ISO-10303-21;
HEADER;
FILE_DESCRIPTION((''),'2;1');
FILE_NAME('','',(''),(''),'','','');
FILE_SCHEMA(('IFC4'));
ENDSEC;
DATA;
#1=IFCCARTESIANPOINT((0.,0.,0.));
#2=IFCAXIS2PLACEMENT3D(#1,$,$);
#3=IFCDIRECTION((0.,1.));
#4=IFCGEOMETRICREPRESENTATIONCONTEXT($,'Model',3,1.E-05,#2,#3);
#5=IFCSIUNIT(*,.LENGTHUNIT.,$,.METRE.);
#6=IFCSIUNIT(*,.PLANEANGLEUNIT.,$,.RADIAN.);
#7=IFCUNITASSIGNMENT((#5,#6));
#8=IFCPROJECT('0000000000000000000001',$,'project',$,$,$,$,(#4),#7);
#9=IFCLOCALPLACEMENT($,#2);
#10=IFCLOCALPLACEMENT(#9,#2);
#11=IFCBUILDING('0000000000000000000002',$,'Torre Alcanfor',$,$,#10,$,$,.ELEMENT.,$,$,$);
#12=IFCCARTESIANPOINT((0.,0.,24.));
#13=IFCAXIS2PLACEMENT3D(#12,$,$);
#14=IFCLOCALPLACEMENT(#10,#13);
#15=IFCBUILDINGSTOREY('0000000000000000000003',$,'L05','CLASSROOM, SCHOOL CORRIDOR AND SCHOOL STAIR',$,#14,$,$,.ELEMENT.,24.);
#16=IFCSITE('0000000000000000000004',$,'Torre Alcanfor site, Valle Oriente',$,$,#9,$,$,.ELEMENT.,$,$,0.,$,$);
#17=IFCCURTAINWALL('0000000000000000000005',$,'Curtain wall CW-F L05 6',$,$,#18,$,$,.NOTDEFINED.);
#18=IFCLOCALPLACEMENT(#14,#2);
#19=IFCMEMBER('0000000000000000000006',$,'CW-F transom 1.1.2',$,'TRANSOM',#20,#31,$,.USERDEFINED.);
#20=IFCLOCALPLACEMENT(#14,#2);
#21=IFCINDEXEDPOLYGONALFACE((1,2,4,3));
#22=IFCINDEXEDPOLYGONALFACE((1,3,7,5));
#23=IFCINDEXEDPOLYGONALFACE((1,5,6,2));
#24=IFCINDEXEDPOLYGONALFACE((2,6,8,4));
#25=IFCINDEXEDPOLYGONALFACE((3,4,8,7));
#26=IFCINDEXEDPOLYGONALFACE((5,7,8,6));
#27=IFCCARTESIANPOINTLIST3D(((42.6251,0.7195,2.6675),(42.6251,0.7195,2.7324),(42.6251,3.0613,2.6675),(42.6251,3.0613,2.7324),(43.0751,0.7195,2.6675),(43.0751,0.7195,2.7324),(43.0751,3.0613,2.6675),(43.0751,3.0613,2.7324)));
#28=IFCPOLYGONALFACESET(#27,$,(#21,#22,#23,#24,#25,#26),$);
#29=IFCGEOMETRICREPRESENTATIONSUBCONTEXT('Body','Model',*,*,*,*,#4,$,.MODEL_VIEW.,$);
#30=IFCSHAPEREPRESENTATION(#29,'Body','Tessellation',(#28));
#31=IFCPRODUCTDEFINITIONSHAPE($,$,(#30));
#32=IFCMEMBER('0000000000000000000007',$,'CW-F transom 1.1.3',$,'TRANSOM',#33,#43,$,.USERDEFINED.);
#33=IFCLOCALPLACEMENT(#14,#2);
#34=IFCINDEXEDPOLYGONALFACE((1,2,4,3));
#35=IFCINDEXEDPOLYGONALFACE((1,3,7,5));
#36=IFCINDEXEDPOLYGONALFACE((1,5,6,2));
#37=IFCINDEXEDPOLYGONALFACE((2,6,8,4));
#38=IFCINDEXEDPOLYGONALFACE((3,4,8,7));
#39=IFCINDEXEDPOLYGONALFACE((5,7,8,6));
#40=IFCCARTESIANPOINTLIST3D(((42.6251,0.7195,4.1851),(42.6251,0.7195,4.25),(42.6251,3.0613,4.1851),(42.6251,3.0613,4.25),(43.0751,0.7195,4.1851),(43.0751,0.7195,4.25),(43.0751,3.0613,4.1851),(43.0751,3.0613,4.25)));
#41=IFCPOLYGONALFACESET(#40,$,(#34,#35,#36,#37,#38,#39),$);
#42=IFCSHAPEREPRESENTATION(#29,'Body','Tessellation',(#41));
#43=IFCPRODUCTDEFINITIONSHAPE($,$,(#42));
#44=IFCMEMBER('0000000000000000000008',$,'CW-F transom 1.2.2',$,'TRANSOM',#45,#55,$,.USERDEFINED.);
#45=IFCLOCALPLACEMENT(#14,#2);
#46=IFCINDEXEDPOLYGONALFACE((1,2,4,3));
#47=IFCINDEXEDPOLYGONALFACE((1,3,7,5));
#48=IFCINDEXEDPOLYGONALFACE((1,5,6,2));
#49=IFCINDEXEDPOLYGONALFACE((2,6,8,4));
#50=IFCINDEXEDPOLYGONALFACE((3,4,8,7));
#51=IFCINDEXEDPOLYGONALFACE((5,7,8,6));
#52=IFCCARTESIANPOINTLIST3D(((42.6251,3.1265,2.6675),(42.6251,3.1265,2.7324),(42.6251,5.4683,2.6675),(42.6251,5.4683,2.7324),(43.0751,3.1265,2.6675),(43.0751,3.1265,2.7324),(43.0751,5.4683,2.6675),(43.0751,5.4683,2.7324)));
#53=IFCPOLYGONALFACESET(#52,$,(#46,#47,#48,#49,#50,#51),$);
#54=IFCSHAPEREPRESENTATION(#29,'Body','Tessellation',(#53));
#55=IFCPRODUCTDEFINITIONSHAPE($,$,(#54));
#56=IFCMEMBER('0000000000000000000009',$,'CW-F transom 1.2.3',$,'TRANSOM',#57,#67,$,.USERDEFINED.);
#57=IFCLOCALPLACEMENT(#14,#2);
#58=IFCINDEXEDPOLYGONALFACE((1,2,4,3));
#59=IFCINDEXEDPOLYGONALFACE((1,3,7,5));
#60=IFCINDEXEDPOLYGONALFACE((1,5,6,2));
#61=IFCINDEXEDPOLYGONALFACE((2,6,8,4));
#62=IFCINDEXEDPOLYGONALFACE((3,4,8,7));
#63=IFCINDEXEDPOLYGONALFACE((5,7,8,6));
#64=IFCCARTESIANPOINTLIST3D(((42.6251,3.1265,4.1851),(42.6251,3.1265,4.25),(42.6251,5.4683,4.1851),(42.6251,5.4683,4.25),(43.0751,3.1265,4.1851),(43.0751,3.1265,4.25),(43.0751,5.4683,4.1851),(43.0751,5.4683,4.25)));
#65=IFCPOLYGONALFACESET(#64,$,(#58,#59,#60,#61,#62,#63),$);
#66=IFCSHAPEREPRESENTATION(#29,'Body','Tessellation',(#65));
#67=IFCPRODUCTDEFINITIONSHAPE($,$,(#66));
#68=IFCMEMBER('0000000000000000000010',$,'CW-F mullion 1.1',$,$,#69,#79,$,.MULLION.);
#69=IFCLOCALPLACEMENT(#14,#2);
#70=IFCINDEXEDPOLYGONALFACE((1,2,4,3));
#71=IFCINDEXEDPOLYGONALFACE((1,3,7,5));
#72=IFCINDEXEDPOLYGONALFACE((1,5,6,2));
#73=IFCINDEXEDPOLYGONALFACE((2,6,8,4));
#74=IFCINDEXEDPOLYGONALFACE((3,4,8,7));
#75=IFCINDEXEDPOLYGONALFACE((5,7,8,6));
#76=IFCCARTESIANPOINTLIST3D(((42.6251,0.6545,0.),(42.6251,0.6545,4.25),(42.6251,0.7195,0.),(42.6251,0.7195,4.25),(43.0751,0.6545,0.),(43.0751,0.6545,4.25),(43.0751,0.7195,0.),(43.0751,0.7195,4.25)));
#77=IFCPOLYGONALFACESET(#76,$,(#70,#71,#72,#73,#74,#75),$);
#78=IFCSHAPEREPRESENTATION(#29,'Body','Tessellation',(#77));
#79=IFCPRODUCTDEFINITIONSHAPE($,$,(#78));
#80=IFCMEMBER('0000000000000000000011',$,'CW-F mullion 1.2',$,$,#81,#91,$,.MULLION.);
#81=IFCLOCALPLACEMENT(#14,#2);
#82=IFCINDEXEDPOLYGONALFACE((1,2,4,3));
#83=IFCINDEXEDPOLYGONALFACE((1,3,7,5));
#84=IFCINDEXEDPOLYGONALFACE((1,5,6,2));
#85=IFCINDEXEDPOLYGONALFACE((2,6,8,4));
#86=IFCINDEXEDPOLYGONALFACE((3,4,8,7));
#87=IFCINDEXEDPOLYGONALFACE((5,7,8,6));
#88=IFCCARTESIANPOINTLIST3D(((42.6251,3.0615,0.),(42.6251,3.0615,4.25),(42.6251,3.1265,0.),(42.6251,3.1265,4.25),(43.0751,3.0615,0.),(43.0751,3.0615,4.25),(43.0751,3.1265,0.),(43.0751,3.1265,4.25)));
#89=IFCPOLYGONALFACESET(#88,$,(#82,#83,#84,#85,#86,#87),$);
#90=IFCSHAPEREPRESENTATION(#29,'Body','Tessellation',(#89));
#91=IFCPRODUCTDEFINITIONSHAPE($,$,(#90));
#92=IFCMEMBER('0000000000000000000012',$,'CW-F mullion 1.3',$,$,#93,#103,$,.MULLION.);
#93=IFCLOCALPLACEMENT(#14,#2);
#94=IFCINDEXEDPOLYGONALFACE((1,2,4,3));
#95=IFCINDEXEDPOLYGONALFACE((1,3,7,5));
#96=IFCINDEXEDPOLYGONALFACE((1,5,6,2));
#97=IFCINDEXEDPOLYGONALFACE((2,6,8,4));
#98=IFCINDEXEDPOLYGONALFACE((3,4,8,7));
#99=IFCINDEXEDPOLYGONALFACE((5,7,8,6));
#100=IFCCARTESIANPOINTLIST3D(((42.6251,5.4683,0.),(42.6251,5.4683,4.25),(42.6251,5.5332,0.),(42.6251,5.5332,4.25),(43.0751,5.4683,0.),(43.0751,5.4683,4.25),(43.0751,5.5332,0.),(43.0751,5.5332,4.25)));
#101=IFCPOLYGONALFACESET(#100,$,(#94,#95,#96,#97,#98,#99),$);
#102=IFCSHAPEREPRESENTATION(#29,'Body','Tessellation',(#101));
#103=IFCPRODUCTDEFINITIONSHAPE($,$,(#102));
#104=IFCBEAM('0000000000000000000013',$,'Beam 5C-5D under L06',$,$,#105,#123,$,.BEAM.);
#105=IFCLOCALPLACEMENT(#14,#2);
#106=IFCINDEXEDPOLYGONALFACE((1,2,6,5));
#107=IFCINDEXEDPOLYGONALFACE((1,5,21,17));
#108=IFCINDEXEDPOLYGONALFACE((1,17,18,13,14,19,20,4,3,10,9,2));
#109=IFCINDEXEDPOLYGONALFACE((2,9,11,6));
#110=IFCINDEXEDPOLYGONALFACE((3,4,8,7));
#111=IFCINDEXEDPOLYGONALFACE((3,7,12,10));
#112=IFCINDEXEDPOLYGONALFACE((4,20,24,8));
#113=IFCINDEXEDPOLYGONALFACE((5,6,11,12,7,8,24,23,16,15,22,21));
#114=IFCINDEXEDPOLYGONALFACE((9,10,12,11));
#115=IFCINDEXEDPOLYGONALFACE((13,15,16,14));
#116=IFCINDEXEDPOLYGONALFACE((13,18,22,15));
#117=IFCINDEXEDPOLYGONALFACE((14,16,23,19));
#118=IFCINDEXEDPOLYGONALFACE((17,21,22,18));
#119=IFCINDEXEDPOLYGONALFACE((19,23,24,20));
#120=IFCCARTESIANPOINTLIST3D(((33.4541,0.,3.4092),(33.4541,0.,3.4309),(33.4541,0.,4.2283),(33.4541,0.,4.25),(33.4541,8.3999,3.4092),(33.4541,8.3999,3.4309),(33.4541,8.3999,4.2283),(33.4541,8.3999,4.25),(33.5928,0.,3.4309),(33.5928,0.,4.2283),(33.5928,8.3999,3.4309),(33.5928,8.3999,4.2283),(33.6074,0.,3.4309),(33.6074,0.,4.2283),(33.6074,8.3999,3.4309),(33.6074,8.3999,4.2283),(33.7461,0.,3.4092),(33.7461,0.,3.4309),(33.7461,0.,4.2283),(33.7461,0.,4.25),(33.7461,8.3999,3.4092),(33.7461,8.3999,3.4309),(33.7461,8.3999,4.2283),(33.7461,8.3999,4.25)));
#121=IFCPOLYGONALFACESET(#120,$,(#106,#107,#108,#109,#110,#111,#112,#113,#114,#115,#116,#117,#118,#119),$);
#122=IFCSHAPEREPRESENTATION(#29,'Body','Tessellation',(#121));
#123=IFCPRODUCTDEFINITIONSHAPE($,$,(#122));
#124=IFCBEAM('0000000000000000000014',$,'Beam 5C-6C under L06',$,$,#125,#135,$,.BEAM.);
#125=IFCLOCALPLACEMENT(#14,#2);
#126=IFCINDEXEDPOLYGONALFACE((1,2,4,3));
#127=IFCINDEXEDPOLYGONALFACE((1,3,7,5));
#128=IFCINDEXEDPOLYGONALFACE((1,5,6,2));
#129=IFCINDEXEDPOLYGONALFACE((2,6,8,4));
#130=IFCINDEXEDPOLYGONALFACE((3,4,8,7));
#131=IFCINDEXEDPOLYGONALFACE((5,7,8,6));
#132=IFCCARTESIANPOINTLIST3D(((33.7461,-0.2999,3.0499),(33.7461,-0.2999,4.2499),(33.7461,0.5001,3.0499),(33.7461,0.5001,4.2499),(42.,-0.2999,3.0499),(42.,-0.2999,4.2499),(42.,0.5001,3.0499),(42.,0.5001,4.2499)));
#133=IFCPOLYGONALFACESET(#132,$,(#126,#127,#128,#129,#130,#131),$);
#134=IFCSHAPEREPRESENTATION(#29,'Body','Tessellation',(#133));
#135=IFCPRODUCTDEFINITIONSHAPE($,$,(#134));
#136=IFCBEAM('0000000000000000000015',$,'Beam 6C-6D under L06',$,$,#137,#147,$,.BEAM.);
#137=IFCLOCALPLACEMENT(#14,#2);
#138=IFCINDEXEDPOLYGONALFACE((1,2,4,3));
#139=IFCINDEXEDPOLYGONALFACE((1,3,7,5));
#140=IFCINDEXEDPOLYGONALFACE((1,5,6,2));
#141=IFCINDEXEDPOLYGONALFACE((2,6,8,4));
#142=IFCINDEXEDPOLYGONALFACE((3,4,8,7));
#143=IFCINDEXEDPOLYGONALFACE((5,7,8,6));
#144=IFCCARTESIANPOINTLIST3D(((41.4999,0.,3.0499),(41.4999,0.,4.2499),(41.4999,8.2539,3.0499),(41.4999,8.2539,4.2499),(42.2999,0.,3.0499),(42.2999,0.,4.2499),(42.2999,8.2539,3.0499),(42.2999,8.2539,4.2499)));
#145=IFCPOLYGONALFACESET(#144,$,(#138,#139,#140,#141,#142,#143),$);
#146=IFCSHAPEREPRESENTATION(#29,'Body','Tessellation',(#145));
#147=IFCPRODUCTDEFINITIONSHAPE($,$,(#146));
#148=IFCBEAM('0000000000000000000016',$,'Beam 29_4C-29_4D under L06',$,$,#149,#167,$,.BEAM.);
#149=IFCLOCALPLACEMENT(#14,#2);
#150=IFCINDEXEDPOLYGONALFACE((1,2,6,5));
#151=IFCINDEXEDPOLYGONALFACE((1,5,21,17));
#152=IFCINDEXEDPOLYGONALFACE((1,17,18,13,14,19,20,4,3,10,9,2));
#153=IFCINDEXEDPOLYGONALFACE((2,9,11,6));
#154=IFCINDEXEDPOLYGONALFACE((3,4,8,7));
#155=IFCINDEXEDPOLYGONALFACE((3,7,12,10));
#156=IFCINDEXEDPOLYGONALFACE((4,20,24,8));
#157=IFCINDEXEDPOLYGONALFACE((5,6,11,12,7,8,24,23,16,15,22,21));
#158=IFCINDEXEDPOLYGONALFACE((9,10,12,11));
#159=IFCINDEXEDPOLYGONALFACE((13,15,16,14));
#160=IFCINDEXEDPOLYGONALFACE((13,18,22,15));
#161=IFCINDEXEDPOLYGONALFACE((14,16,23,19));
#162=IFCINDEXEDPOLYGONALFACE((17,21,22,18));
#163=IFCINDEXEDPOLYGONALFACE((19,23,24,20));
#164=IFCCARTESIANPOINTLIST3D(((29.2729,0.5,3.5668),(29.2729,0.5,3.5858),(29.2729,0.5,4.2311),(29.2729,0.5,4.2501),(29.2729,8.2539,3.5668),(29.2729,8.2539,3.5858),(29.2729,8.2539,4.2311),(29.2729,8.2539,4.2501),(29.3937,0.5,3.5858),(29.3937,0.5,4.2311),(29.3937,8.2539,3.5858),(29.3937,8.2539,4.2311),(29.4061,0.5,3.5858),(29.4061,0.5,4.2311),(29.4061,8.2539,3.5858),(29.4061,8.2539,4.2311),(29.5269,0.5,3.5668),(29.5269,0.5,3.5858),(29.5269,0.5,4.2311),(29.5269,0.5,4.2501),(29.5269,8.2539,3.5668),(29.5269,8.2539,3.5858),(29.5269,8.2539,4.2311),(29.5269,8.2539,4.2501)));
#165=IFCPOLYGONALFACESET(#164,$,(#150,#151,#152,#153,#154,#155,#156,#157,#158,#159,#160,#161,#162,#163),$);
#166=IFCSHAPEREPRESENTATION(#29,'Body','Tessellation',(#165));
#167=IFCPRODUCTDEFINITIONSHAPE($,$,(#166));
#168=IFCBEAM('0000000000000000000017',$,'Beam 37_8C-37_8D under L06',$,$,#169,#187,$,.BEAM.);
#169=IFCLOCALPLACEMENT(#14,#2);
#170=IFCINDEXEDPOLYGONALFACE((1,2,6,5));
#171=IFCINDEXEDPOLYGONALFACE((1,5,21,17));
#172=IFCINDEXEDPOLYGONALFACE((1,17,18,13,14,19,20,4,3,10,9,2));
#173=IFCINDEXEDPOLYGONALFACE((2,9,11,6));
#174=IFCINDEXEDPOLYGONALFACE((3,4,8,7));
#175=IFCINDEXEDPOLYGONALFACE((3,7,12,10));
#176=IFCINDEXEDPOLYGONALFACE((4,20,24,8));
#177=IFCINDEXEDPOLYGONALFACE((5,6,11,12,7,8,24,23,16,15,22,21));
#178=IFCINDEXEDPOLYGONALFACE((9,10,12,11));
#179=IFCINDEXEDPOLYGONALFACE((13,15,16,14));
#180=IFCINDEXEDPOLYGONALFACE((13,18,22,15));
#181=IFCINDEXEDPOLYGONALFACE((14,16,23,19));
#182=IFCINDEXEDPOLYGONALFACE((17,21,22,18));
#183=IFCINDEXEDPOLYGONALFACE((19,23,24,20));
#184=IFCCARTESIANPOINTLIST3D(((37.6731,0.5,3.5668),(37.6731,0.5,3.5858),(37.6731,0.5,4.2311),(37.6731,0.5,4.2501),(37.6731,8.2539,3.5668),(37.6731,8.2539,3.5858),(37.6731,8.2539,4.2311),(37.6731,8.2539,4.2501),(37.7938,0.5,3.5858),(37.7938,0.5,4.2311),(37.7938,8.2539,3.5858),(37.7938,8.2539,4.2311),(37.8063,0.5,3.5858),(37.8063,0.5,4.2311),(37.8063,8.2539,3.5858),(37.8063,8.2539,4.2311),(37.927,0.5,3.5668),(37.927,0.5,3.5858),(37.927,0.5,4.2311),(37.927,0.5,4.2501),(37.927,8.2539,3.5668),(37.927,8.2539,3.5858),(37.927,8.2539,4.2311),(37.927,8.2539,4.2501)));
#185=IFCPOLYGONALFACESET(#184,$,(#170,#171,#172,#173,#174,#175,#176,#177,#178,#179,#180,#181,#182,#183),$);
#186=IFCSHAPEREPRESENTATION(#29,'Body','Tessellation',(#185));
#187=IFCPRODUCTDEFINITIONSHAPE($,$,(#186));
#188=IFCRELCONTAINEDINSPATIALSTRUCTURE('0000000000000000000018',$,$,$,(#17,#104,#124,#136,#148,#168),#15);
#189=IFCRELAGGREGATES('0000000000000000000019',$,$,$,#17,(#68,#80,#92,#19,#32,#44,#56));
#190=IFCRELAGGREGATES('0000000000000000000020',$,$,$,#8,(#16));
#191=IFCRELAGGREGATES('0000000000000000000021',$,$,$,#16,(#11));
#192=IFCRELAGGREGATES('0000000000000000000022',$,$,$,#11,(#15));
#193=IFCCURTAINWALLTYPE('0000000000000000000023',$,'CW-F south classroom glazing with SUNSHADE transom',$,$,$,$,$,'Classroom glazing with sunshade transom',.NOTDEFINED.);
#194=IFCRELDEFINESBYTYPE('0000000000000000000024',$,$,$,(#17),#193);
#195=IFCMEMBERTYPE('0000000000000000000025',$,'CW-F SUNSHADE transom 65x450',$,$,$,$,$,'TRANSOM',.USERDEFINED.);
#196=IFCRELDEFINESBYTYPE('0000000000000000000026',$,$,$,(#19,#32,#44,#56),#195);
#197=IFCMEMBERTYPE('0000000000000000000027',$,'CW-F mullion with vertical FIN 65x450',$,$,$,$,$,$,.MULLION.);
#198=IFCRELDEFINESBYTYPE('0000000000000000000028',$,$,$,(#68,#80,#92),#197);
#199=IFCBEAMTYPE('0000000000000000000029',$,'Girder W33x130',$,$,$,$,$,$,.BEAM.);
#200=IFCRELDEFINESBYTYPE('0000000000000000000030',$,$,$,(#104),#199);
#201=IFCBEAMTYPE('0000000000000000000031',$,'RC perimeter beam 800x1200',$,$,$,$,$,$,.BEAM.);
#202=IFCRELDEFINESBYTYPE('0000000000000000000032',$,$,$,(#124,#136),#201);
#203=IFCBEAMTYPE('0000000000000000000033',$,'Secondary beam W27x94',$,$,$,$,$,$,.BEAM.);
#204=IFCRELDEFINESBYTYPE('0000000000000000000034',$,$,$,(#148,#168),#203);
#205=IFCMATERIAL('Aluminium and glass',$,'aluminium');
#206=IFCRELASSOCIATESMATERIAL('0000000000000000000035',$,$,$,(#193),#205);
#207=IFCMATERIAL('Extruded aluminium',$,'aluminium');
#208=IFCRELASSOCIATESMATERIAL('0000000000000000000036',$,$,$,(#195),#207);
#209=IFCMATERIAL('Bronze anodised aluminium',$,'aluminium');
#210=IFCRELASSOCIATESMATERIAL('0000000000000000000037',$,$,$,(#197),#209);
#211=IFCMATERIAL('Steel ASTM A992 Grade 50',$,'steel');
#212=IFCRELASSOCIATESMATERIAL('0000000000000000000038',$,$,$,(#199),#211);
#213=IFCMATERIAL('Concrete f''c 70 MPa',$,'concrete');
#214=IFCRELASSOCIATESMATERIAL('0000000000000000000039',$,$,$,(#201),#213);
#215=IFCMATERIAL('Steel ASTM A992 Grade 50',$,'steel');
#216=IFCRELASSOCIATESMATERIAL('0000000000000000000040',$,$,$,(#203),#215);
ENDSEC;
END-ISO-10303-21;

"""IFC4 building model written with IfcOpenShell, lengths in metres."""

from ifc_helpers import new_model, si_unit, direction, frame, origin, origin_2d, place, context, subcontext, project, spatial, rectangle, i_section, extrude, material, material_profile, profile_set, type_object, element, aggregate, save


model = new_model("IFC4")

# Units and contexts
model_context = context("Model", 3, precision=1e-05, world=origin(), true_north=direction((0.0, 1.0)))
body_context = subcontext(model_context, "Body", "Model", "MODEL_VIEW")
ifc_project = project(units=[si_unit("LENGTHUNIT", "METRE"), si_unit("PLANEANGLEUNIT", "RADIAN")], contexts=[model_context])

# Site, building, storey
site_placement = place(None, origin())
site = spatial("IfcSite", under=ifc_project, at=site_placement, Name="Torre Alcanfor site, Valle Oriente", CompositionType="ELEMENT", RefElevation=0.0)
building_placement = place(site_placement, origin())
building = spatial("IfcBuilding", under=site, at=building_placement, Name="Torre Alcanfor", CompositionType="ELEMENT")
storey_placement = place(building_placement, frame((0.0, 0.0, 24.0)))
storey = spatial("IfcBuildingStorey", under=building, at=storey_placement, Name="L05", Description="CLASSROOM, SCHOOL CORRIDOR AND SCHOOL STAIR", CompositionType="ELEMENT", Elevation=24.0)

# Curtain wall, members
ifc_material_1 = material(Name="Aluminium and glass", Category="aluminium")
curtain_wall_type_1 = type_object("IfcCurtainWallType", Name="CW-F south classroom glazing with SUNSHADE transom", ElementType="Classroom glazing with sunshade transom", PredefinedType="NOTDEFINED", material=ifc_material_1)
curtain_wall_1_placement = place(storey_placement, origin())
curtain_wall_1 = element("IfcCurtainWall", 1, at=curtain_wall_1_placement, inside=storey, type_object=curtain_wall_type_1, Name="Curtain wall CW-F L05 6", PredefinedType="NOTDEFINED")
ifc_material_2 = material(Name="Extruded aluminium", Category="aluminium")
ifc_material_profile_1 = material_profile(ifc_material_2, rectangle(XDim=0.45, YDim=0.0649, at=origin_2d()), Name="CW-F transom 450x65")
ifc_profile_set_1 = profile_set([ifc_material_profile_1], Name="Extruded aluminium")
member_type_1 = type_object("IfcMemberType", Name="CW-F SUNSHADE transom 65x450", ElementType="TRANSOM", PredefinedType="USERDEFINED", material=ifc_profile_set_1)
member_1_placement = place(storey_placement, frame((42.8501, 0.7195, 2.7), z_axis=(0.0, 1.0, 0.0), x_axis=(-1.0, 0.0, 0.0)))
member_1 = element("IfcMember", 2, at=member_1_placement, type_object=member_type_1, Name="CW-F transom 1.1.2", ObjectType="TRANSOM", PredefinedType="USERDEFINED", context=body_context, shape_type="SweptSolid", body=[
    extrude(rectangle(XDim=0.45, YDim=0.0649, at=origin_2d()), origin(), (0.0, 0.0, 1.0), 2.3418),
])
member_2_placement = place(storey_placement, frame((42.8501, 0.7195, 4.2175), z_axis=(0.0, 1.0, 0.0), x_axis=(-1.0, 0.0, 0.0)))
member_2 = element("IfcMember", 3, at=member_2_placement, type_object=member_type_1, Name="CW-F transom 1.1.3", ObjectType="TRANSOM", PredefinedType="USERDEFINED", context=body_context, shape_type="SweptSolid", body=[
    extrude(rectangle(XDim=0.45, YDim=0.0649, at=origin_2d()), origin(), (0.0, 0.0, 1.0), 2.3418),
])
member_3_placement = place(storey_placement, frame((42.8501, 3.1265, 2.7), z_axis=(0.0, 1.0, 0.0), x_axis=(-1.0, 0.0, 0.0)))
member_3 = element("IfcMember", 4, at=member_3_placement, type_object=member_type_1, Name="CW-F transom 1.2.2", ObjectType="TRANSOM", PredefinedType="USERDEFINED", context=body_context, shape_type="SweptSolid", body=[
    extrude(rectangle(XDim=0.45, YDim=0.0649, at=origin_2d()), origin(), (0.0, 0.0, 1.0), 2.3418),
])
member_4_placement = place(storey_placement, frame((42.8501, 3.1265, 4.2175), z_axis=(0.0, 1.0, 0.0), x_axis=(-1.0, 0.0, 0.0)))
member_4 = element("IfcMember", 5, at=member_4_placement, type_object=member_type_1, Name="CW-F transom 1.2.3", ObjectType="TRANSOM", PredefinedType="USERDEFINED", context=body_context, shape_type="SweptSolid", body=[
    extrude(rectangle(XDim=0.45, YDim=0.0649, at=origin_2d()), origin(), (0.0, 0.0, 1.0), 2.3418),
])
ifc_material_3 = material(Name="Bronze anodised aluminium", Category="aluminium")
ifc_material_profile_2 = material_profile(ifc_material_3, rectangle(XDim=0.45, YDim=0.0649, at=origin_2d()), Name="CW-F mullion 65x450")
ifc_profile_set_2 = profile_set([ifc_material_profile_2], Name="Bronze anodised aluminium")
member_type_2 = type_object("IfcMemberType", Name="CW-F mullion with vertical FIN 65x450", PredefinedType="MULLION", material=ifc_profile_set_2)
member_5_placement = place(storey_placement, frame((42.8501, 0.687, 0.0), z_axis=(0.0, 0.0, 1.0), x_axis=(-1.0, 0.0, 0.0)))
member_5 = element("IfcMember", 6, at=member_5_placement, type_object=member_type_2, Name="CW-F mullion 1.1", PredefinedType="MULLION", context=body_context, shape_type="SweptSolid", body=[
    extrude(rectangle(XDim=0.45, YDim=0.0649, at=origin_2d()), origin(), (0.0, 0.0, 1.0), 4.25),
])
member_6_placement = place(storey_placement, frame((42.8501, 3.094, 0.0), z_axis=(0.0, 0.0, 1.0), x_axis=(-1.0, 0.0, 0.0)))
member_6 = element("IfcMember", 7, at=member_6_placement, type_object=member_type_2, Name="CW-F mullion 1.2", PredefinedType="MULLION", context=body_context, shape_type="SweptSolid", body=[
    extrude(rectangle(XDim=0.45, YDim=0.0649, at=origin_2d()), origin(), (0.0, 0.0, 1.0), 4.25),
])
member_7_placement = place(storey_placement, frame((42.8501, 5.5007, 0.0), z_axis=(0.0, 0.0, 1.0), x_axis=(-1.0, 0.0, 0.0)))
member_7 = element("IfcMember", 8, at=member_7_placement, type_object=member_type_2, Name="CW-F mullion 1.3", PredefinedType="MULLION", context=body_context, shape_type="SweptSolid", body=[
    extrude(rectangle(XDim=0.45, YDim=0.0649, at=origin_2d()), origin(), (0.0, 0.0, 1.0), 4.25),
])

# Beams
ifc_material_4 = material(Name="Steel ASTM A992 Grade 50", Category="steel")
ifc_material_profile_3 = material_profile(ifc_material_4, i_section(OverallWidth=0.292, OverallDepth=0.8408, WebThickness=0.0146, FlangeThickness=0.0217, at=origin_2d()), Name="W33x130")
ifc_profile_set_3 = profile_set([ifc_material_profile_3], Name="Steel ASTM A992 Grade 50")
beam_type_1 = type_object("IfcBeamType", Name="Girder W33x130", PredefinedType="BEAM", material=ifc_profile_set_3)
beam_placement = place(storey_placement, frame((33.6001, 0.0, 3.8296), z_axis=(0.0, 1.0, 0.0), x_axis=(-1.0, 0.0, 0.0)))
element("IfcBeam", 9, at=beam_placement, inside=storey, type_object=beam_type_1, Name="Beam 5C-5D under L06", PredefinedType="BEAM", context=body_context, shape_type="SweptSolid", body=[
    extrude(i_section(OverallWidth=0.292, OverallDepth=0.8408, WebThickness=0.0146, FlangeThickness=0.0217, at=origin_2d()), origin(), (0.0, 0.0, 1.0), 8.3999),
])
ifc_material_5 = material(Name="Concrete f'c 70 MPa", Category="concrete")
ifc_material_profile_4 = material_profile(ifc_material_5, rectangle(XDim=0.8, YDim=1.2, at=origin_2d()), Name="800x1200")
ifc_profile_set_4 = profile_set([ifc_material_profile_4], Name="Concrete f'c 70 MPa")
beam_type_2 = type_object("IfcBeamType", Name="RC perimeter beam 800x1200", PredefinedType="BEAM", material=ifc_profile_set_4)
for number, where, z_axis, x_axis, name in (
    (10, (33.7461, 0.1001, 3.6499), (1.0, 0.0, 0.0), (0.0, 1.0, 0.0), "Beam 5C-6C under L06"),
    (11, (41.8999, 0.0, 3.6499), (0.0, 1.0, 0.0), (-1.0, 0.0, 0.0), "Beam 6C-6D under L06"),
):
    element("IfcBeam", number, at=place(storey_placement, frame(where, z_axis=z_axis, x_axis=x_axis)), inside=storey, type_object=beam_type_2, Name=name, PredefinedType="BEAM", context=body_context, shape_type="SweptSolid", body=[
        extrude(rectangle(XDim=0.8, YDim=1.2, at=origin_2d()), origin(), (0.0, 0.0, 1.0), 8.2539),
    ])
ifc_material_6 = material(Name="Steel ASTM A992 Grade 50", Category="steel")
ifc_material_profile_5 = material_profile(ifc_material_6, i_section(OverallWidth=0.2539, OverallDepth=0.6833, WebThickness=0.0125, FlangeThickness=0.019, at=origin_2d()), Name="W27x94")
ifc_profile_set_5 = profile_set([ifc_material_profile_5], Name="Steel ASTM A992 Grade 50")
beam_type_3 = type_object("IfcBeamType", Name="Secondary beam W27x94", PredefinedType="BEAM", material=ifc_profile_set_5)
for number, where, z_axis, x_axis, name in (
    (12, (29.3999, 0.5, 3.9084), (0.0, 1.0, 0.0), (-1.0, 0.0, 0.0), "Beam 29_4C-29_4D under L06"),
    (13, (37.8, 0.5, 3.9084), (0.0, 1.0, 0.0), (-1.0, 0.0, 0.0), "Beam 37_8C-37_8D under L06"),
):
    element("IfcBeam", number, at=place(storey_placement, frame(where, z_axis=z_axis, x_axis=x_axis)), inside=storey, type_object=beam_type_3, Name=name, PredefinedType="BEAM", context=body_context, shape_type="SweptSolid", body=[
        extrude(i_section(OverallWidth=0.2539, OverallDepth=0.6833, WebThickness=0.0125, FlangeThickness=0.019, at=origin_2d()), origin(), (0.0, 0.0, 1.0), 7.7539),
    ])

aggregate(curtain_wall_1, [member_5, member_6, member_7, member_1, member_2, member_3, member_4])

save(model, "model.ifc")
